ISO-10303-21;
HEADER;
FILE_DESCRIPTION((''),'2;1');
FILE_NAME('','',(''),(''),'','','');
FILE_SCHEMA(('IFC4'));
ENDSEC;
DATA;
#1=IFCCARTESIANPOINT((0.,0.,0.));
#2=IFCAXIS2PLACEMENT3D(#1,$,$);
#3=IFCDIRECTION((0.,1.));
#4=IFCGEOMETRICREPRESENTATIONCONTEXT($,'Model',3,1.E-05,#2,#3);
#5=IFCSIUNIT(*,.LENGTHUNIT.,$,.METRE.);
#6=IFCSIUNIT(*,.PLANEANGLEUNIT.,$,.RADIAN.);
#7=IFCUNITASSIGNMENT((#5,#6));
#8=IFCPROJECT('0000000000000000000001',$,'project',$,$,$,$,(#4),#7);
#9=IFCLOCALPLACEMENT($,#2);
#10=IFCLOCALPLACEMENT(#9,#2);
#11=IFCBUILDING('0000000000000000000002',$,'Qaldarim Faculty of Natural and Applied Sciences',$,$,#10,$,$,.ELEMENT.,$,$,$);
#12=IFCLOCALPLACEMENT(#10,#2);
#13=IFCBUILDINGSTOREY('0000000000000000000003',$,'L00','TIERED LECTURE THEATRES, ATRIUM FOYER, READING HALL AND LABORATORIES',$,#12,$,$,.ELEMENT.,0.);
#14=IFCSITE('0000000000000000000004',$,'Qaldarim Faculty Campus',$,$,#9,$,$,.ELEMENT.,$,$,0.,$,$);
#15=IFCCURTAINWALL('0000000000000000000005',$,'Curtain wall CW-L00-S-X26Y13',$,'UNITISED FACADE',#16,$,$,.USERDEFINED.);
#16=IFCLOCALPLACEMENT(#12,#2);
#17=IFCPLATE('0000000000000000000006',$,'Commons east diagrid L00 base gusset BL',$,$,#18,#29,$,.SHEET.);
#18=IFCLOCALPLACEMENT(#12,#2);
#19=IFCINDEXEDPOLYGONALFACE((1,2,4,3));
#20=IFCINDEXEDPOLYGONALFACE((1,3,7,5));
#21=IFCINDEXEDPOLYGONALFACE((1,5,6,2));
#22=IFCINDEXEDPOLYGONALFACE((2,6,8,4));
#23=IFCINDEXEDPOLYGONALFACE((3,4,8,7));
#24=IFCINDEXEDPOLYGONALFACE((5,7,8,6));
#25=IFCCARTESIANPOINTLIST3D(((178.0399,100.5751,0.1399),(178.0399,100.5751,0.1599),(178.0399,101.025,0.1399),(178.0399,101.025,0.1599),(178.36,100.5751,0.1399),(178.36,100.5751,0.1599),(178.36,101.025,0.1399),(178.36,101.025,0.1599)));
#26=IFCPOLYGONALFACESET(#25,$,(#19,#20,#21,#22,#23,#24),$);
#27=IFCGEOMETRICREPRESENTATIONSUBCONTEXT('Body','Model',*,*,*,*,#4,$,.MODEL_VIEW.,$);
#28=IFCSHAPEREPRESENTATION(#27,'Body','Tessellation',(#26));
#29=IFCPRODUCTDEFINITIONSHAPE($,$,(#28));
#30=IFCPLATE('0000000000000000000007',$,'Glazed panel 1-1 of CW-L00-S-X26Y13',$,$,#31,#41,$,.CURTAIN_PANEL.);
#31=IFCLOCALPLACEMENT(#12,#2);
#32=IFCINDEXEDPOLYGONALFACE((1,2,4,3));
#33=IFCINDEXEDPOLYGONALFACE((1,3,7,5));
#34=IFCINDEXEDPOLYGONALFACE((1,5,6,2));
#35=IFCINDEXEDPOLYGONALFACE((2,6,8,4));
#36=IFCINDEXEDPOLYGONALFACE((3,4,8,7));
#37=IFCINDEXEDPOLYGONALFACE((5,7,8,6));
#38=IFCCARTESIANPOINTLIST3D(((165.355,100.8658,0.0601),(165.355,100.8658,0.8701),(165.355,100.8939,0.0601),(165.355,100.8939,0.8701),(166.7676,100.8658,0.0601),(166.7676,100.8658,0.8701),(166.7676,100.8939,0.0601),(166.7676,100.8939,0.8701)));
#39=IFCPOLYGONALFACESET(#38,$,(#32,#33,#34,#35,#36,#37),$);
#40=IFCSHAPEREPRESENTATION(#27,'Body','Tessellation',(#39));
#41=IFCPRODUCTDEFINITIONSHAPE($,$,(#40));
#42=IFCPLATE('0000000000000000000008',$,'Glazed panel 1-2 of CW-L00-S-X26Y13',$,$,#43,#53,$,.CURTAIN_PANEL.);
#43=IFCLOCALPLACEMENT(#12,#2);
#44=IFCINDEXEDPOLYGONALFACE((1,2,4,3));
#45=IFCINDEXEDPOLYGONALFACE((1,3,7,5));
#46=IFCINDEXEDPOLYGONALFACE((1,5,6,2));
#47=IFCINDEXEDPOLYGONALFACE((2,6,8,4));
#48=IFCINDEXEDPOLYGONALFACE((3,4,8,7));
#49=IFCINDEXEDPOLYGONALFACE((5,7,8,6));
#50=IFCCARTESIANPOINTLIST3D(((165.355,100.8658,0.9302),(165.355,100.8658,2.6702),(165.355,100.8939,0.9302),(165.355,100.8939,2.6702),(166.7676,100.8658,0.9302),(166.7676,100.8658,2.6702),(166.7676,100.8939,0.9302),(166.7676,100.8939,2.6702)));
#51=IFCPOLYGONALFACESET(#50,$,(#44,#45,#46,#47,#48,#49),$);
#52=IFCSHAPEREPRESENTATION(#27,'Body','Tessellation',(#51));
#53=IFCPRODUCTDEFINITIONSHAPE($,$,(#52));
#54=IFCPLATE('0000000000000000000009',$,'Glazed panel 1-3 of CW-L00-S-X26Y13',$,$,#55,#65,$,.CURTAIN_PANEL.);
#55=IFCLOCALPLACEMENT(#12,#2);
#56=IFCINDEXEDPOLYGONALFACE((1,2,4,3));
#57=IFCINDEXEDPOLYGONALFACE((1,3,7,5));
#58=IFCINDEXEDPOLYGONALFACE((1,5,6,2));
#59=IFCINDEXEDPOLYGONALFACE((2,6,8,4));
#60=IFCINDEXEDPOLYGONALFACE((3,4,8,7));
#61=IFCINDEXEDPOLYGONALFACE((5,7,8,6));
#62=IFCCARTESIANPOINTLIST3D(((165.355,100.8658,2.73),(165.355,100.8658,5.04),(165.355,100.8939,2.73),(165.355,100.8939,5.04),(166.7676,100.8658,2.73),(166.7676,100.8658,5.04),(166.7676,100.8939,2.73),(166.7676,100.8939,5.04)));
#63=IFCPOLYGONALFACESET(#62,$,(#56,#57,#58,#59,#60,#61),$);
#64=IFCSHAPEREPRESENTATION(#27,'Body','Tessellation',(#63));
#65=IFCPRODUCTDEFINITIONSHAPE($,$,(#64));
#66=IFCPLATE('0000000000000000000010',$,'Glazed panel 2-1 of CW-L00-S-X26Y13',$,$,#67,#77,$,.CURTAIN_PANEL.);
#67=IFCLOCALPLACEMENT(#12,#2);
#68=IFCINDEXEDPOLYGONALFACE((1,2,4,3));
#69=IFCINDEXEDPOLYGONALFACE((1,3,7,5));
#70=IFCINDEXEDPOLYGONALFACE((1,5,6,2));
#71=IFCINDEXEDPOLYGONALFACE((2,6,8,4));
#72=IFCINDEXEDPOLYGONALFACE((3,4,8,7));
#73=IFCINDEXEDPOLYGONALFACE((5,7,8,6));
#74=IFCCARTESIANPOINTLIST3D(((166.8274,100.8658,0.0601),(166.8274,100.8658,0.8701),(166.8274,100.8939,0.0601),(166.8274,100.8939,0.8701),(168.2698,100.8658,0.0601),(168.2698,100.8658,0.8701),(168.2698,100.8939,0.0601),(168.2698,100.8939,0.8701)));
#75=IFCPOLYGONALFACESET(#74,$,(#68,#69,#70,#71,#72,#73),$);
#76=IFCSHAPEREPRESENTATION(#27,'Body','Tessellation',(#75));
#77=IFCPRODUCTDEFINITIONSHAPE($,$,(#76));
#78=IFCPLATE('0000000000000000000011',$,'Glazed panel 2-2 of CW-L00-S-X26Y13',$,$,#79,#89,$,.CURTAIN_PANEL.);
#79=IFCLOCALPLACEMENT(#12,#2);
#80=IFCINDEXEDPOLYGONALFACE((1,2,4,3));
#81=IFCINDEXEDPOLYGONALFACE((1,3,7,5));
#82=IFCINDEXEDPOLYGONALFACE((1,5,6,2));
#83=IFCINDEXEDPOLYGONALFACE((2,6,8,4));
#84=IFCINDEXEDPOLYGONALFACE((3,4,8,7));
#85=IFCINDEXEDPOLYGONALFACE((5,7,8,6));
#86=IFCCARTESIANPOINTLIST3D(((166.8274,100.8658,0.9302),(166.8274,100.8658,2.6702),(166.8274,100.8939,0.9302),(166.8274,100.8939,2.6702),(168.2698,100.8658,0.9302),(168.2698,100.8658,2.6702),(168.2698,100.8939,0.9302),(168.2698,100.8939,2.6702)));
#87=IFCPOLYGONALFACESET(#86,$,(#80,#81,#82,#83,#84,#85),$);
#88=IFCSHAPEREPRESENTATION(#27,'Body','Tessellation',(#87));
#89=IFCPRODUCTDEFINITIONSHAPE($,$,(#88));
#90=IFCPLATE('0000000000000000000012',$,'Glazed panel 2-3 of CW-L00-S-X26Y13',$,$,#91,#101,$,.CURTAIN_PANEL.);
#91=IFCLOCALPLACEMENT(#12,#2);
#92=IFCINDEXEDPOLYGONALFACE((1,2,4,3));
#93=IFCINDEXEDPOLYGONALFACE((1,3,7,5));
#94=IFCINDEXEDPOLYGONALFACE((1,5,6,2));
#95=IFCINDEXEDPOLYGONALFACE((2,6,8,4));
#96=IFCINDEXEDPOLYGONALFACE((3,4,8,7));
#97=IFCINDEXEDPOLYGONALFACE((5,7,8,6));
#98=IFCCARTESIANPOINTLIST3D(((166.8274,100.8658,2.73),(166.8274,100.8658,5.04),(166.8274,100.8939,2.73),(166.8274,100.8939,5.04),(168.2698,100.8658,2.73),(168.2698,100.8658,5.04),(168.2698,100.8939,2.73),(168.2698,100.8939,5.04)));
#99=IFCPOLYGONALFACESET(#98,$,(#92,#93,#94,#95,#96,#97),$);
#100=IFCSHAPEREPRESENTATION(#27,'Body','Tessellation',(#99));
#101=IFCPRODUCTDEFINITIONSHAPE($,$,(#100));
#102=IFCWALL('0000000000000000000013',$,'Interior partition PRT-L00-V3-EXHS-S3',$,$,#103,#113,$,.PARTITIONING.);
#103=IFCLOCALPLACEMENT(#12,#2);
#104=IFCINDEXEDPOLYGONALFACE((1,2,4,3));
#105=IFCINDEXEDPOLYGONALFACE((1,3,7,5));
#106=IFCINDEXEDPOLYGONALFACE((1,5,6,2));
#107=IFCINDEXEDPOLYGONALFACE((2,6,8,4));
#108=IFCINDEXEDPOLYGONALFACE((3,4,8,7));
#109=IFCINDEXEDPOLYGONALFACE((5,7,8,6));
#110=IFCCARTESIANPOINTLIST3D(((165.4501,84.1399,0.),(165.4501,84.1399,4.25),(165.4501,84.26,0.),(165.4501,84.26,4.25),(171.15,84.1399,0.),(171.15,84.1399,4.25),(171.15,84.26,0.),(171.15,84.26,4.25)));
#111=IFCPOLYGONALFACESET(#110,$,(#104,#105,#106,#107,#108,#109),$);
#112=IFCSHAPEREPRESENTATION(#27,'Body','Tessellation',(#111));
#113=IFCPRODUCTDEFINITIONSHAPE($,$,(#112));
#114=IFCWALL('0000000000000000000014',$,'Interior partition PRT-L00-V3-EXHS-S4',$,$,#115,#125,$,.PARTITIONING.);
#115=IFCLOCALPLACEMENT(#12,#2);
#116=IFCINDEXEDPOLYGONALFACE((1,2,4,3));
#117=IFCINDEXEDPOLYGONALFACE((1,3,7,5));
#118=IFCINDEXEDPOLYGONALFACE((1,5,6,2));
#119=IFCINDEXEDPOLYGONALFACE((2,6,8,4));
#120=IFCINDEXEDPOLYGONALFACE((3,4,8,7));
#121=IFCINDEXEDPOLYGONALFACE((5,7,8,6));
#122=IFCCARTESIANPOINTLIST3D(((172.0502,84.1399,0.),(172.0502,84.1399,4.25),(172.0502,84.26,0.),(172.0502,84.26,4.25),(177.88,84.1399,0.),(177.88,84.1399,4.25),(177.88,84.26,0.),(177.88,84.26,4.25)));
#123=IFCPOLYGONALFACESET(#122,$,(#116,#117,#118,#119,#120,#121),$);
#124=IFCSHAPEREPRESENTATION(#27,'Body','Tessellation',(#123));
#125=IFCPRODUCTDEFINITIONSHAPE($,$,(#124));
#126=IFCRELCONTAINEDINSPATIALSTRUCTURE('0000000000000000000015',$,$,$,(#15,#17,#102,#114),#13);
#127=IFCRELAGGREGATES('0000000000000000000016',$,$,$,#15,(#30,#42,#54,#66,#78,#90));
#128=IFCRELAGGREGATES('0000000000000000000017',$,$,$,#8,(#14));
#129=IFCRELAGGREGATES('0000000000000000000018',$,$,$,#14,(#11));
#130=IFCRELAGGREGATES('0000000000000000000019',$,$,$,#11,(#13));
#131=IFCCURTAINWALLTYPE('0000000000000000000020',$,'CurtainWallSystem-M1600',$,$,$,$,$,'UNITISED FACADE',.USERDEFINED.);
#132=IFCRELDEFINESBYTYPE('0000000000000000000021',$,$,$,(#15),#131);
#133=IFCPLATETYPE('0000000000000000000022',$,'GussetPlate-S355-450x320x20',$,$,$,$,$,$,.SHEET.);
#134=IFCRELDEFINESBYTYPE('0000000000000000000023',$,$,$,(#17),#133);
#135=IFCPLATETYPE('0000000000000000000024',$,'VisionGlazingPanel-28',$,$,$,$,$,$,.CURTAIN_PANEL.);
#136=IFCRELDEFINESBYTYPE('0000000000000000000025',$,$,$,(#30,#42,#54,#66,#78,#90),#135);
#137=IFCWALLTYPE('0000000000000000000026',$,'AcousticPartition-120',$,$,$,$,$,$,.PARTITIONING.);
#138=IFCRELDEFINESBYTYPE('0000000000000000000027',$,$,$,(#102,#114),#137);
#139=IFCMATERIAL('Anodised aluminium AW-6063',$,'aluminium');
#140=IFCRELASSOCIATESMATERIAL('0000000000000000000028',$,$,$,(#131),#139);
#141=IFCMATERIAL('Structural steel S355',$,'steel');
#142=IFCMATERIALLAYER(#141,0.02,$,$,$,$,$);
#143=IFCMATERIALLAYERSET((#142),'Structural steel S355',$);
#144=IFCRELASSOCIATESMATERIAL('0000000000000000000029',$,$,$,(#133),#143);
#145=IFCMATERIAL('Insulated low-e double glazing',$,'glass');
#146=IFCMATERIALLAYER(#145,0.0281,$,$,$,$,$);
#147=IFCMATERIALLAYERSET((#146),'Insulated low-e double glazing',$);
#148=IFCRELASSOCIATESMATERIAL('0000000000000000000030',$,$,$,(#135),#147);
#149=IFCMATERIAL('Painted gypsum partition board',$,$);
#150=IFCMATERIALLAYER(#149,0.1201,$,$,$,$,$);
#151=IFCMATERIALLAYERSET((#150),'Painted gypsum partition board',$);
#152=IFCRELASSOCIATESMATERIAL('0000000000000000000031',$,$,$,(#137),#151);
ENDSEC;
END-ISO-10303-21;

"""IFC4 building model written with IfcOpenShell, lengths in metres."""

from ifc_helpers import new_model, si_unit, direction, frame, frame_2d, origin, origin_2d, place, context, subcontext, project, spatial, rectangle, extrude, material, layer, layer_set, type_object, element, aggregate, save


model = new_model("IFC4")

# Units and contexts
model_context = context("Model", 3, precision=1e-05, world=origin(), true_north=direction((0.0, 1.0)))
body_context = subcontext(model_context, "Body", "Model", "MODEL_VIEW")
ifc_project = project(units=[si_unit("LENGTHUNIT", "METRE"), si_unit("PLANEANGLEUNIT", "RADIAN")], contexts=[model_context])

# Site, building, storey
site_placement = place(None, origin())
site = spatial("IfcSite", under=ifc_project, at=site_placement, Name="Qaldarim Faculty Campus", CompositionType="ELEMENT", RefElevation=0.0)
building_placement = place(site_placement, origin())
building = spatial("IfcBuilding", under=site, at=building_placement, Name="Qaldarim Faculty of Natural and Applied Sciences", CompositionType="ELEMENT")
storey_placement = place(building_placement, origin())
storey = spatial("IfcBuildingStorey", under=building, at=storey_placement, Name="L00", Description="TIERED LECTURE THEATRES, ATRIUM FOYER, READING HALL AND LABORATORIES", CompositionType="ELEMENT", Elevation=0.0)

# Shared definitions
ifc_material_1 = material(Name="Structural steel S355", Category="steel")

# Curtain wall
ifc_material_2 = material(Name="Anodised aluminium AW-6063", Category="aluminium")
curtain_wall_type = type_object("IfcCurtainWallType", Name="CurtainWallSystem-M1600", ElementType="UNITISED FACADE", PredefinedType="USERDEFINED", material=ifc_material_2)
curtain_wall_placement = place(storey_placement, origin())
curtain_wall = element("IfcCurtainWall", 1, at=curtain_wall_placement, inside=storey, type_object=curtain_wall_type, Name="Curtain wall CW-L00-S-X26Y13", ObjectType="UNITISED FACADE", PredefinedType="USERDEFINED")

# Plates
ifc_layer_1 = layer(ifc_material_1, 0.02)
ifc_layer_set_1 = layer_set([ifc_layer_1], Name="Structural steel S355")
plate_type_1 = type_object("IfcPlateType", Name="GussetPlate-S355-450x320x20", PredefinedType="SHEET", material=ifc_layer_set_1)
plate_1_placement = place(storey_placement, frame((178.2, 100.8, 0.1399), z_axis=(0.0, 0.0, 1.0), x_axis=(0.0, 1.0, 0.0)))
element("IfcPlate", 2, at=plate_1_placement, inside=storey, type_object=plate_type_1, Name="Commons east diagrid L00 base gusset BL", PredefinedType="SHEET", context=body_context, shape_type="SweptSolid", body=[
    extrude(rectangle(XDim=0.45, YDim=0.3201, at=origin_2d()), origin(), (0.0, 0.0, 1.0), 0.02),
])
ifc_material_3 = material(Name="Insulated low-e double glazing", Category="glass")
ifc_layer_2 = layer(ifc_material_3, 0.0281)
ifc_layer_set_2 = layer_set([ifc_layer_2], Name="Insulated low-e double glazing")
plate_type_2 = type_object("IfcPlateType", Name="VisionGlazingPanel-28", PredefinedType="CURTAIN_PANEL", material=ifc_layer_set_2)
plate_2_placement = place(storey_placement, frame((166.0613, 100.8799, 0.0601), z_axis=(0.0, 0.0, 1.0), x_axis=(1.0, 0.0, 0.0)))
plate_2 = element("IfcPlate", 3, at=plate_2_placement, type_object=plate_type_2, Name="Glazed panel 1-1 of CW-L00-S-X26Y13", PredefinedType="CURTAIN_PANEL", context=body_context, shape_type="SweptSolid", body=[
    extrude(rectangle(XDim=1.4126, YDim=0.0281, at=origin_2d()), origin(), (0.0, 0.0, 1.0), 0.8101),
])
plate_3_placement = place(storey_placement, frame((166.0613, 100.8799, 0.9302), z_axis=(0.0, 0.0, 1.0), x_axis=(1.0, 0.0, 0.0)))
plate_3 = element("IfcPlate", 4, at=plate_3_placement, type_object=plate_type_2, Name="Glazed panel 1-2 of CW-L00-S-X26Y13", PredefinedType="CURTAIN_PANEL", context=body_context, shape_type="SweptSolid", body=[
    extrude(rectangle(XDim=1.4126, YDim=0.0281, at=origin_2d()), origin(), (0.0, 0.0, 1.0), 1.74),
])
plate_4_placement = place(storey_placement, frame((166.0613, 100.8799, 2.73), z_axis=(0.0, 0.0, 1.0), x_axis=(1.0, 0.0, 0.0)))
plate_4 = element("IfcPlate", 5, at=plate_4_placement, type_object=plate_type_2, Name="Glazed panel 1-3 of CW-L00-S-X26Y13", PredefinedType="CURTAIN_PANEL", context=body_context, shape_type="SweptSolid", body=[
    extrude(rectangle(XDim=1.4126, YDim=0.0281, at=origin_2d()), origin(), (0.0, 0.0, 1.0), 2.3101),
])
plate_5_placement = place(storey_placement, frame((167.5486, 100.8799, 0.0601), z_axis=(0.0, 0.0, 1.0), x_axis=(1.0, 0.0, 0.0)))
plate_5 = element("IfcPlate", 6, at=plate_5_placement, type_object=plate_type_2, Name="Glazed panel 2-1 of CW-L00-S-X26Y13", PredefinedType="CURTAIN_PANEL", context=body_context, shape_type="SweptSolid", body=[
    extrude(rectangle(XDim=1.4424, YDim=0.0281, at=origin_2d()), origin(), (0.0, 0.0, 1.0), 0.8101),
])
plate_6_placement = place(storey_placement, frame((167.5486, 100.8799, 0.9302), z_axis=(0.0, 0.0, 1.0), x_axis=(1.0, 0.0, 0.0)))
plate_6 = element("IfcPlate", 7, at=plate_6_placement, type_object=plate_type_2, Name="Glazed panel 2-2 of CW-L00-S-X26Y13", PredefinedType="CURTAIN_PANEL", context=body_context, shape_type="SweptSolid", body=[
    extrude(rectangle(XDim=1.4424, YDim=0.0281, at=origin_2d()), origin(), (0.0, 0.0, 1.0), 1.74),
])
plate_7_placement = place(storey_placement, frame((167.5486, 100.8799, 2.73), z_axis=(0.0, 0.0, 1.0), x_axis=(1.0, 0.0, 0.0)))
plate_7 = element("IfcPlate", 8, at=plate_7_placement, type_object=plate_type_2, Name="Glazed panel 2-3 of CW-L00-S-X26Y13", PredefinedType="CURTAIN_PANEL", context=body_context, shape_type="SweptSolid", body=[
    extrude(rectangle(XDim=1.4424, YDim=0.0281, at=origin_2d()), origin(), (0.0, 0.0, 1.0), 2.3101),
])
aggregate(curtain_wall, [plate_2, plate_3, plate_4, plate_5, plate_6, plate_7])

# Walls
ifc_material_4 = material(Name="Painted gypsum partition board")
ifc_layer_3 = layer(ifc_material_4, 0.1201)
ifc_layer_set_3 = layer_set([ifc_layer_3], Name="Painted gypsum partition board")
wall_type = type_object("IfcWallType", Name="AcousticPartition-120", PredefinedType="PARTITIONING", material=ifc_layer_set_3)
wall_1_placement = place(storey_placement, frame((165.45, 84.2, 0.0), z_axis=(0.0, 0.0, 1.0), x_axis=(1.0, 0.0, 0.0)))
element("IfcWall", 9, at=wall_1_placement, inside=storey, type_object=wall_type, Name="Interior partition PRT-L00-V3-EXHS-S3", PredefinedType="PARTITIONING", context=body_context, shape_type="SweptSolid", body=[
    extrude(rectangle(XDim=5.7, YDim=0.1201, at=frame_2d((2.8501, 0.0))), origin(), (0.0, 0.0, 1.0), 4.25),
])
wall_2_placement = place(storey_placement, frame((172.05, 84.2, 0.0), z_axis=(0.0, 0.0, 1.0), x_axis=(1.0, 0.0, 0.0)))
element("IfcWall", 10, at=wall_2_placement, inside=storey, type_object=wall_type, Name="Interior partition PRT-L00-V3-EXHS-S4", PredefinedType="PARTITIONING", context=body_context, shape_type="SweptSolid", body=[
    extrude(rectangle(XDim=5.8298, YDim=0.1201, at=frame_2d((2.915, 0.0))), origin(), (0.0, 0.0, 1.0), 4.25),
])

save(model, "model.ifc")
